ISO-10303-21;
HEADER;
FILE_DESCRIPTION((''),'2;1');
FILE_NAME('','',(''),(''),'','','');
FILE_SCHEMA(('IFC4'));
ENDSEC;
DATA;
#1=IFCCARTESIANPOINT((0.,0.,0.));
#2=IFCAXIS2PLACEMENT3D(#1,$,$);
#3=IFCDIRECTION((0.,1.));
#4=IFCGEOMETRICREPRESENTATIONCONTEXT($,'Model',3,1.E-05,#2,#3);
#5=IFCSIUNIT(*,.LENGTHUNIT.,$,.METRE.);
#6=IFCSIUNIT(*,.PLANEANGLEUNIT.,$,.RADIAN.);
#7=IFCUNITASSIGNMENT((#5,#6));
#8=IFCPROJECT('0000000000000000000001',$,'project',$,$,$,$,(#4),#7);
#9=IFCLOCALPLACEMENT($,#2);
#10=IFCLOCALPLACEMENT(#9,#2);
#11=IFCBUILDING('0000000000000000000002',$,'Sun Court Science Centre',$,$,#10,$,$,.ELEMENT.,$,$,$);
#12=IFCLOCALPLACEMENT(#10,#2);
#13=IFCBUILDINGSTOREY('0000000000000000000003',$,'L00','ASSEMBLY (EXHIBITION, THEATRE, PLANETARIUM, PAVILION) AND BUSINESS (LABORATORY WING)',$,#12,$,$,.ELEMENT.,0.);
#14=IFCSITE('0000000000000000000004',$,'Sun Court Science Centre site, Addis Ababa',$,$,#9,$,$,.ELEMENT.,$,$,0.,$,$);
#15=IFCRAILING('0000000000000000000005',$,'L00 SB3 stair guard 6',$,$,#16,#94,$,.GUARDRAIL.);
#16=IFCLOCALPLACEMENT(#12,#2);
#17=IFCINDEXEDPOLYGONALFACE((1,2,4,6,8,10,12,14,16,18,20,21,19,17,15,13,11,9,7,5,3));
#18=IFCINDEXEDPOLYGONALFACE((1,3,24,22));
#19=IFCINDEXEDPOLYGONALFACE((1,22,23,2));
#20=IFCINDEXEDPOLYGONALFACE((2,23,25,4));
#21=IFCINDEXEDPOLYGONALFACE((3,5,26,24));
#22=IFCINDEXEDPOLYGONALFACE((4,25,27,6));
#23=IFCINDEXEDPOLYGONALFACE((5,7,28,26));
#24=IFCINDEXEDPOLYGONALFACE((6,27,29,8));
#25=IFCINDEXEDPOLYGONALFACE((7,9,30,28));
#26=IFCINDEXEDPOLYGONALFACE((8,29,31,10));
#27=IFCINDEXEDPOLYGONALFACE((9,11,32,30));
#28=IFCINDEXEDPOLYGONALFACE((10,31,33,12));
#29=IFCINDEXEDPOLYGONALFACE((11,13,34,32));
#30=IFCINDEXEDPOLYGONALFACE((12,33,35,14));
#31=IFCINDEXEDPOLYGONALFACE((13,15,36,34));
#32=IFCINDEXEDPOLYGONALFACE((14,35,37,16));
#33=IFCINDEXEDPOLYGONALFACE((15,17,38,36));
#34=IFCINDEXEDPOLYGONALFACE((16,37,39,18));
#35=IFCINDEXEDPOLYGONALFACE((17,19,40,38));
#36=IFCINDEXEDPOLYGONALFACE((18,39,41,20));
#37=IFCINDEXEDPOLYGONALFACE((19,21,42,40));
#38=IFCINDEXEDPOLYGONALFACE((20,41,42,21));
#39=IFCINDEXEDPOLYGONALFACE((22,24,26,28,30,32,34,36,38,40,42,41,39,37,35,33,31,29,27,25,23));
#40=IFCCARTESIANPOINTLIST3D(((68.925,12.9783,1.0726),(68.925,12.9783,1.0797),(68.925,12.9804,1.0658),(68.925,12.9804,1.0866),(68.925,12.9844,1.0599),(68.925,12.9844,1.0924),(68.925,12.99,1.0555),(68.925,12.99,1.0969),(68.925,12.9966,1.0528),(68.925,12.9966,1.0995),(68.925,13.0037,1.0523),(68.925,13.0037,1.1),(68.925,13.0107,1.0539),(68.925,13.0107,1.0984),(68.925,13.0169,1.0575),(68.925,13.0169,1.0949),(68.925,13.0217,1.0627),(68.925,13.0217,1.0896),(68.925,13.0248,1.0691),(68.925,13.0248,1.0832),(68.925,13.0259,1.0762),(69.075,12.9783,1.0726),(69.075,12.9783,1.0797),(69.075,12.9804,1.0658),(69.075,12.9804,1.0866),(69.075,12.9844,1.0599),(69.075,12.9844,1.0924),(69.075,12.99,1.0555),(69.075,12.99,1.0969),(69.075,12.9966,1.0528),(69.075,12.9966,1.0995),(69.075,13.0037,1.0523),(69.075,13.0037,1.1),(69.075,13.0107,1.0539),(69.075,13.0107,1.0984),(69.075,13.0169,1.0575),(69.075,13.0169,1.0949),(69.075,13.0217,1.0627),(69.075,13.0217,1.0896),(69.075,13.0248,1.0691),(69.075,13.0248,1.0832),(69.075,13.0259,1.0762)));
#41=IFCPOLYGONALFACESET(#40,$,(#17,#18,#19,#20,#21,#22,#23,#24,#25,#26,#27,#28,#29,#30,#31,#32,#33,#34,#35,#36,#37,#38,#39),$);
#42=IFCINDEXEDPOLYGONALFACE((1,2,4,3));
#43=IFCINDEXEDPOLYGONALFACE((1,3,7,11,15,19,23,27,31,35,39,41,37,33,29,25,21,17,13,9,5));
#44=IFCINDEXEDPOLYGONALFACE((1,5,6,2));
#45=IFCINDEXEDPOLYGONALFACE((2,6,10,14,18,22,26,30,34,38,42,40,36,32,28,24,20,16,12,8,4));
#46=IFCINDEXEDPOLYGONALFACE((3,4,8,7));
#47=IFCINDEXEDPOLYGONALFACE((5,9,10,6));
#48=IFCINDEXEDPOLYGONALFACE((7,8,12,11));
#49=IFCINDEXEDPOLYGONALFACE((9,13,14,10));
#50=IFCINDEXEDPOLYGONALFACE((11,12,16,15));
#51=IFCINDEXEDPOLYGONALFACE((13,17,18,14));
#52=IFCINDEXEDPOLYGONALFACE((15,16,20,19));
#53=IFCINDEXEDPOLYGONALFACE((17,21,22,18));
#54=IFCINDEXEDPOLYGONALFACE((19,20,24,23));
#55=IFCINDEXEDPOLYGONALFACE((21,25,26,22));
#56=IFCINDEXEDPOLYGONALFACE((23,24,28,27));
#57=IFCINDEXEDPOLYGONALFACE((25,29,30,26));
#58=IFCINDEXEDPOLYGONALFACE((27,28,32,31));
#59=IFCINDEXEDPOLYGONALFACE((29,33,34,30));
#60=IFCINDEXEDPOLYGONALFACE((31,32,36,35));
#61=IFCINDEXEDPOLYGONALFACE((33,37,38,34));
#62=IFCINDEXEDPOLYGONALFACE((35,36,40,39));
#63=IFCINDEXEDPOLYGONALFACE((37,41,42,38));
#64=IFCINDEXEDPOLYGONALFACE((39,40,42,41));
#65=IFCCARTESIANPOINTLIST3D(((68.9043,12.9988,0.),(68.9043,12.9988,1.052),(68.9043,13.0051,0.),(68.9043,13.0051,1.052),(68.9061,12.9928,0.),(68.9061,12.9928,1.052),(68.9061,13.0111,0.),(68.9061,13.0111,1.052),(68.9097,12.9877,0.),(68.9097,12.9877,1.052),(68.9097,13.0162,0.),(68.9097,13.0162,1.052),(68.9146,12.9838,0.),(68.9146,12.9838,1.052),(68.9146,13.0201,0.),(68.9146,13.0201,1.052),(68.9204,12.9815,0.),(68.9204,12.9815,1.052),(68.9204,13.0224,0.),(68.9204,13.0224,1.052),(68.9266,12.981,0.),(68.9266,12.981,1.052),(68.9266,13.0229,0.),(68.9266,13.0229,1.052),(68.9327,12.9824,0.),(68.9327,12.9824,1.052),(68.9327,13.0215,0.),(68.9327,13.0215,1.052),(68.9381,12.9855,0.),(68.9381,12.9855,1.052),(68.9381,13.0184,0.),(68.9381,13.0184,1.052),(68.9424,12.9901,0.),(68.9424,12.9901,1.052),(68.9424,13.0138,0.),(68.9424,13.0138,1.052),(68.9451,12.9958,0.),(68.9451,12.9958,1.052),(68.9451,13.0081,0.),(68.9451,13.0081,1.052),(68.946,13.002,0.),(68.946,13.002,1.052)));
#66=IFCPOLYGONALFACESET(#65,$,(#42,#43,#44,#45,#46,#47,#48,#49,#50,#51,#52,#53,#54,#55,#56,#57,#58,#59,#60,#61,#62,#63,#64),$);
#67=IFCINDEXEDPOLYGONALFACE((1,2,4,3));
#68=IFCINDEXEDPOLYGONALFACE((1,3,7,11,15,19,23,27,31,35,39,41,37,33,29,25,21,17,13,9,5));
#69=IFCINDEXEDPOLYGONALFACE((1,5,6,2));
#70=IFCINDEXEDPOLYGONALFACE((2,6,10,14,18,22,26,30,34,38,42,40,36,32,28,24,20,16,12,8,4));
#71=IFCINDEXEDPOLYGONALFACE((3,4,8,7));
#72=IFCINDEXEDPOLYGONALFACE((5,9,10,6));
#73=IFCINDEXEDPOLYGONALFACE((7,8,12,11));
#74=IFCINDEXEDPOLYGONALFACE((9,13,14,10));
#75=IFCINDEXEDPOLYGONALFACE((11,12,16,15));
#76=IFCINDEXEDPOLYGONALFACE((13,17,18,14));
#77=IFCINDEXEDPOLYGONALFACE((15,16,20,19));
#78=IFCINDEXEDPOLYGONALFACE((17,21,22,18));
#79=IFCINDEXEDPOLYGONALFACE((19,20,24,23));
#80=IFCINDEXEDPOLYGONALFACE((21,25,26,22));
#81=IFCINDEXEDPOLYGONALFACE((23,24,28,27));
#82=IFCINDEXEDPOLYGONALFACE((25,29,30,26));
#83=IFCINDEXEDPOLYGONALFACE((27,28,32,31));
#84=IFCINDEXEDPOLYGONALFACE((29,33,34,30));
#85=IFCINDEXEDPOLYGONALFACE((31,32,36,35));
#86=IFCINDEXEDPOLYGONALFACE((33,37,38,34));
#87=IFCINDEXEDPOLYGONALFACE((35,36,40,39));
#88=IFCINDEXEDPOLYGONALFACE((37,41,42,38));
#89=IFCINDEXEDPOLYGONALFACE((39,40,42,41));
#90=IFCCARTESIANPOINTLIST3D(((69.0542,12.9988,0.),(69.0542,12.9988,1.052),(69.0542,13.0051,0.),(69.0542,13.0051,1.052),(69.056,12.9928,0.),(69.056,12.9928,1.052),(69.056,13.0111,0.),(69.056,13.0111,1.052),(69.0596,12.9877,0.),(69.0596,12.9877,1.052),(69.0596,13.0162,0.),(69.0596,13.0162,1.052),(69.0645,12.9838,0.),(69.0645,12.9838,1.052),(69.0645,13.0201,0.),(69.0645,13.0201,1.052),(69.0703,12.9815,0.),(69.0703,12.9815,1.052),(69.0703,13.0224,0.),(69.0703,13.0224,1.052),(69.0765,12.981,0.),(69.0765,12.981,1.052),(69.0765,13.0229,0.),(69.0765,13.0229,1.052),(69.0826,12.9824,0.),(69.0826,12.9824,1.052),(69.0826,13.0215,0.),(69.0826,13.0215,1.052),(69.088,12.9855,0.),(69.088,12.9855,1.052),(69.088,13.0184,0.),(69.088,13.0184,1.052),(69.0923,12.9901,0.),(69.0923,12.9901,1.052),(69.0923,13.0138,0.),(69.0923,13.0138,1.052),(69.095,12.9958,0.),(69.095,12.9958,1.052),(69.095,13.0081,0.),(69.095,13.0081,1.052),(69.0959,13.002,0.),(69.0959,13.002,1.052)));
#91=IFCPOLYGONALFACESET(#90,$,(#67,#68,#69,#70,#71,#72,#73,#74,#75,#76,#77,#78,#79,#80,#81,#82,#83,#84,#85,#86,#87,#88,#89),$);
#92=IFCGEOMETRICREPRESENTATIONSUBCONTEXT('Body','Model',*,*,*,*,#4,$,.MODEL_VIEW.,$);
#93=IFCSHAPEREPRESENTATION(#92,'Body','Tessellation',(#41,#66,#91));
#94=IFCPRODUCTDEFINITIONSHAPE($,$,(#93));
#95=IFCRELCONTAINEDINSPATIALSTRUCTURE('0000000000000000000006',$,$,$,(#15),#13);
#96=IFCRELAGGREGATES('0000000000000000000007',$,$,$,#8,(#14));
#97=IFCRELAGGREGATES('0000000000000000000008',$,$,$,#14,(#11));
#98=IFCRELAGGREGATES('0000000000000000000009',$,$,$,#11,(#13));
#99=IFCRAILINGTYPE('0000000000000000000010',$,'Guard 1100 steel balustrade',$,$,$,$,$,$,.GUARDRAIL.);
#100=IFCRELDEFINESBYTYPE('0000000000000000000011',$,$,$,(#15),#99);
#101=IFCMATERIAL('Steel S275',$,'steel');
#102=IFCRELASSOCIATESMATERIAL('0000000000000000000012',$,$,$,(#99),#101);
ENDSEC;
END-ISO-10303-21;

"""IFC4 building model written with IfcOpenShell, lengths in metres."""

from ifc_helpers import new_model, si_unit, direction, frame, origin, origin_2d, place, context, subcontext, project, spatial, circle, extrude, material, type_object, element, save


model = new_model("IFC4")

# Units and contexts
model_context = context("Model", 3, precision=1e-05, world=origin(), true_north=direction((0.0, 1.0)))
body_context = subcontext(model_context, "Body", "Model", "MODEL_VIEW")
ifc_project = project(units=[si_unit("LENGTHUNIT", "METRE"), si_unit("PLANEANGLEUNIT", "RADIAN")], contexts=[model_context])

# Site, building, storey
site_placement = place(None, origin())
site = spatial("IfcSite", under=ifc_project, at=site_placement, Name="Sun Court Science Centre site, Addis Ababa", CompositionType="ELEMENT", RefElevation=0.0)
building_placement = place(site_placement, origin())
building = spatial("IfcBuilding", under=site, at=building_placement, Name="Sun Court Science Centre", CompositionType="ELEMENT")
storey_placement = place(building_placement, origin())
storey = spatial("IfcBuildingStorey", under=building, at=storey_placement, Name="L00", Description="ASSEMBLY (EXHIBITION, THEATRE, PLANETARIUM, PAVILION) AND BUSINESS (LABORATORY WING)", CompositionType="ELEMENT", Elevation=0.0)

# Railing
ifc_material_1 = material(Name="Steel S275", Category="steel")
railing_type_1 = type_object("IfcRailingType", Name="Guard 1100 steel balustrade", PredefinedType="GUARDRAIL", material=ifc_material_1)
railing_1_placement = place(storey_placement, frame((68.925, 13.002, 0.0)))
element("IfcRailing", 1, at=railing_1_placement, inside=storey, type_object=railing_type_1, Name="L00 SB3 stair guard 6", PredefinedType="GUARDRAIL", context=body_context, shape_type="SweptSolid", body=[
    extrude(circle(Radius=0.0239, at=origin_2d()), frame((0.0, 0.0, 1.0762), z_axis=(1.0, 0.0, 0.0), x_axis=(0.0, 1.0, 0.0)), (0.0, 0.0, 1.0), 0.1499),
    extrude(circle(Radius=0.021, at=origin_2d()), origin(), (0.0, 0.0, 1.0), 1.052),
    extrude(circle(Radius=0.021, at=origin_2d()), frame((0.1499, 0.0, 0.0)), (0.0, 0.0, 1.0), 1.052),
])

save(model, "model.ifc")
